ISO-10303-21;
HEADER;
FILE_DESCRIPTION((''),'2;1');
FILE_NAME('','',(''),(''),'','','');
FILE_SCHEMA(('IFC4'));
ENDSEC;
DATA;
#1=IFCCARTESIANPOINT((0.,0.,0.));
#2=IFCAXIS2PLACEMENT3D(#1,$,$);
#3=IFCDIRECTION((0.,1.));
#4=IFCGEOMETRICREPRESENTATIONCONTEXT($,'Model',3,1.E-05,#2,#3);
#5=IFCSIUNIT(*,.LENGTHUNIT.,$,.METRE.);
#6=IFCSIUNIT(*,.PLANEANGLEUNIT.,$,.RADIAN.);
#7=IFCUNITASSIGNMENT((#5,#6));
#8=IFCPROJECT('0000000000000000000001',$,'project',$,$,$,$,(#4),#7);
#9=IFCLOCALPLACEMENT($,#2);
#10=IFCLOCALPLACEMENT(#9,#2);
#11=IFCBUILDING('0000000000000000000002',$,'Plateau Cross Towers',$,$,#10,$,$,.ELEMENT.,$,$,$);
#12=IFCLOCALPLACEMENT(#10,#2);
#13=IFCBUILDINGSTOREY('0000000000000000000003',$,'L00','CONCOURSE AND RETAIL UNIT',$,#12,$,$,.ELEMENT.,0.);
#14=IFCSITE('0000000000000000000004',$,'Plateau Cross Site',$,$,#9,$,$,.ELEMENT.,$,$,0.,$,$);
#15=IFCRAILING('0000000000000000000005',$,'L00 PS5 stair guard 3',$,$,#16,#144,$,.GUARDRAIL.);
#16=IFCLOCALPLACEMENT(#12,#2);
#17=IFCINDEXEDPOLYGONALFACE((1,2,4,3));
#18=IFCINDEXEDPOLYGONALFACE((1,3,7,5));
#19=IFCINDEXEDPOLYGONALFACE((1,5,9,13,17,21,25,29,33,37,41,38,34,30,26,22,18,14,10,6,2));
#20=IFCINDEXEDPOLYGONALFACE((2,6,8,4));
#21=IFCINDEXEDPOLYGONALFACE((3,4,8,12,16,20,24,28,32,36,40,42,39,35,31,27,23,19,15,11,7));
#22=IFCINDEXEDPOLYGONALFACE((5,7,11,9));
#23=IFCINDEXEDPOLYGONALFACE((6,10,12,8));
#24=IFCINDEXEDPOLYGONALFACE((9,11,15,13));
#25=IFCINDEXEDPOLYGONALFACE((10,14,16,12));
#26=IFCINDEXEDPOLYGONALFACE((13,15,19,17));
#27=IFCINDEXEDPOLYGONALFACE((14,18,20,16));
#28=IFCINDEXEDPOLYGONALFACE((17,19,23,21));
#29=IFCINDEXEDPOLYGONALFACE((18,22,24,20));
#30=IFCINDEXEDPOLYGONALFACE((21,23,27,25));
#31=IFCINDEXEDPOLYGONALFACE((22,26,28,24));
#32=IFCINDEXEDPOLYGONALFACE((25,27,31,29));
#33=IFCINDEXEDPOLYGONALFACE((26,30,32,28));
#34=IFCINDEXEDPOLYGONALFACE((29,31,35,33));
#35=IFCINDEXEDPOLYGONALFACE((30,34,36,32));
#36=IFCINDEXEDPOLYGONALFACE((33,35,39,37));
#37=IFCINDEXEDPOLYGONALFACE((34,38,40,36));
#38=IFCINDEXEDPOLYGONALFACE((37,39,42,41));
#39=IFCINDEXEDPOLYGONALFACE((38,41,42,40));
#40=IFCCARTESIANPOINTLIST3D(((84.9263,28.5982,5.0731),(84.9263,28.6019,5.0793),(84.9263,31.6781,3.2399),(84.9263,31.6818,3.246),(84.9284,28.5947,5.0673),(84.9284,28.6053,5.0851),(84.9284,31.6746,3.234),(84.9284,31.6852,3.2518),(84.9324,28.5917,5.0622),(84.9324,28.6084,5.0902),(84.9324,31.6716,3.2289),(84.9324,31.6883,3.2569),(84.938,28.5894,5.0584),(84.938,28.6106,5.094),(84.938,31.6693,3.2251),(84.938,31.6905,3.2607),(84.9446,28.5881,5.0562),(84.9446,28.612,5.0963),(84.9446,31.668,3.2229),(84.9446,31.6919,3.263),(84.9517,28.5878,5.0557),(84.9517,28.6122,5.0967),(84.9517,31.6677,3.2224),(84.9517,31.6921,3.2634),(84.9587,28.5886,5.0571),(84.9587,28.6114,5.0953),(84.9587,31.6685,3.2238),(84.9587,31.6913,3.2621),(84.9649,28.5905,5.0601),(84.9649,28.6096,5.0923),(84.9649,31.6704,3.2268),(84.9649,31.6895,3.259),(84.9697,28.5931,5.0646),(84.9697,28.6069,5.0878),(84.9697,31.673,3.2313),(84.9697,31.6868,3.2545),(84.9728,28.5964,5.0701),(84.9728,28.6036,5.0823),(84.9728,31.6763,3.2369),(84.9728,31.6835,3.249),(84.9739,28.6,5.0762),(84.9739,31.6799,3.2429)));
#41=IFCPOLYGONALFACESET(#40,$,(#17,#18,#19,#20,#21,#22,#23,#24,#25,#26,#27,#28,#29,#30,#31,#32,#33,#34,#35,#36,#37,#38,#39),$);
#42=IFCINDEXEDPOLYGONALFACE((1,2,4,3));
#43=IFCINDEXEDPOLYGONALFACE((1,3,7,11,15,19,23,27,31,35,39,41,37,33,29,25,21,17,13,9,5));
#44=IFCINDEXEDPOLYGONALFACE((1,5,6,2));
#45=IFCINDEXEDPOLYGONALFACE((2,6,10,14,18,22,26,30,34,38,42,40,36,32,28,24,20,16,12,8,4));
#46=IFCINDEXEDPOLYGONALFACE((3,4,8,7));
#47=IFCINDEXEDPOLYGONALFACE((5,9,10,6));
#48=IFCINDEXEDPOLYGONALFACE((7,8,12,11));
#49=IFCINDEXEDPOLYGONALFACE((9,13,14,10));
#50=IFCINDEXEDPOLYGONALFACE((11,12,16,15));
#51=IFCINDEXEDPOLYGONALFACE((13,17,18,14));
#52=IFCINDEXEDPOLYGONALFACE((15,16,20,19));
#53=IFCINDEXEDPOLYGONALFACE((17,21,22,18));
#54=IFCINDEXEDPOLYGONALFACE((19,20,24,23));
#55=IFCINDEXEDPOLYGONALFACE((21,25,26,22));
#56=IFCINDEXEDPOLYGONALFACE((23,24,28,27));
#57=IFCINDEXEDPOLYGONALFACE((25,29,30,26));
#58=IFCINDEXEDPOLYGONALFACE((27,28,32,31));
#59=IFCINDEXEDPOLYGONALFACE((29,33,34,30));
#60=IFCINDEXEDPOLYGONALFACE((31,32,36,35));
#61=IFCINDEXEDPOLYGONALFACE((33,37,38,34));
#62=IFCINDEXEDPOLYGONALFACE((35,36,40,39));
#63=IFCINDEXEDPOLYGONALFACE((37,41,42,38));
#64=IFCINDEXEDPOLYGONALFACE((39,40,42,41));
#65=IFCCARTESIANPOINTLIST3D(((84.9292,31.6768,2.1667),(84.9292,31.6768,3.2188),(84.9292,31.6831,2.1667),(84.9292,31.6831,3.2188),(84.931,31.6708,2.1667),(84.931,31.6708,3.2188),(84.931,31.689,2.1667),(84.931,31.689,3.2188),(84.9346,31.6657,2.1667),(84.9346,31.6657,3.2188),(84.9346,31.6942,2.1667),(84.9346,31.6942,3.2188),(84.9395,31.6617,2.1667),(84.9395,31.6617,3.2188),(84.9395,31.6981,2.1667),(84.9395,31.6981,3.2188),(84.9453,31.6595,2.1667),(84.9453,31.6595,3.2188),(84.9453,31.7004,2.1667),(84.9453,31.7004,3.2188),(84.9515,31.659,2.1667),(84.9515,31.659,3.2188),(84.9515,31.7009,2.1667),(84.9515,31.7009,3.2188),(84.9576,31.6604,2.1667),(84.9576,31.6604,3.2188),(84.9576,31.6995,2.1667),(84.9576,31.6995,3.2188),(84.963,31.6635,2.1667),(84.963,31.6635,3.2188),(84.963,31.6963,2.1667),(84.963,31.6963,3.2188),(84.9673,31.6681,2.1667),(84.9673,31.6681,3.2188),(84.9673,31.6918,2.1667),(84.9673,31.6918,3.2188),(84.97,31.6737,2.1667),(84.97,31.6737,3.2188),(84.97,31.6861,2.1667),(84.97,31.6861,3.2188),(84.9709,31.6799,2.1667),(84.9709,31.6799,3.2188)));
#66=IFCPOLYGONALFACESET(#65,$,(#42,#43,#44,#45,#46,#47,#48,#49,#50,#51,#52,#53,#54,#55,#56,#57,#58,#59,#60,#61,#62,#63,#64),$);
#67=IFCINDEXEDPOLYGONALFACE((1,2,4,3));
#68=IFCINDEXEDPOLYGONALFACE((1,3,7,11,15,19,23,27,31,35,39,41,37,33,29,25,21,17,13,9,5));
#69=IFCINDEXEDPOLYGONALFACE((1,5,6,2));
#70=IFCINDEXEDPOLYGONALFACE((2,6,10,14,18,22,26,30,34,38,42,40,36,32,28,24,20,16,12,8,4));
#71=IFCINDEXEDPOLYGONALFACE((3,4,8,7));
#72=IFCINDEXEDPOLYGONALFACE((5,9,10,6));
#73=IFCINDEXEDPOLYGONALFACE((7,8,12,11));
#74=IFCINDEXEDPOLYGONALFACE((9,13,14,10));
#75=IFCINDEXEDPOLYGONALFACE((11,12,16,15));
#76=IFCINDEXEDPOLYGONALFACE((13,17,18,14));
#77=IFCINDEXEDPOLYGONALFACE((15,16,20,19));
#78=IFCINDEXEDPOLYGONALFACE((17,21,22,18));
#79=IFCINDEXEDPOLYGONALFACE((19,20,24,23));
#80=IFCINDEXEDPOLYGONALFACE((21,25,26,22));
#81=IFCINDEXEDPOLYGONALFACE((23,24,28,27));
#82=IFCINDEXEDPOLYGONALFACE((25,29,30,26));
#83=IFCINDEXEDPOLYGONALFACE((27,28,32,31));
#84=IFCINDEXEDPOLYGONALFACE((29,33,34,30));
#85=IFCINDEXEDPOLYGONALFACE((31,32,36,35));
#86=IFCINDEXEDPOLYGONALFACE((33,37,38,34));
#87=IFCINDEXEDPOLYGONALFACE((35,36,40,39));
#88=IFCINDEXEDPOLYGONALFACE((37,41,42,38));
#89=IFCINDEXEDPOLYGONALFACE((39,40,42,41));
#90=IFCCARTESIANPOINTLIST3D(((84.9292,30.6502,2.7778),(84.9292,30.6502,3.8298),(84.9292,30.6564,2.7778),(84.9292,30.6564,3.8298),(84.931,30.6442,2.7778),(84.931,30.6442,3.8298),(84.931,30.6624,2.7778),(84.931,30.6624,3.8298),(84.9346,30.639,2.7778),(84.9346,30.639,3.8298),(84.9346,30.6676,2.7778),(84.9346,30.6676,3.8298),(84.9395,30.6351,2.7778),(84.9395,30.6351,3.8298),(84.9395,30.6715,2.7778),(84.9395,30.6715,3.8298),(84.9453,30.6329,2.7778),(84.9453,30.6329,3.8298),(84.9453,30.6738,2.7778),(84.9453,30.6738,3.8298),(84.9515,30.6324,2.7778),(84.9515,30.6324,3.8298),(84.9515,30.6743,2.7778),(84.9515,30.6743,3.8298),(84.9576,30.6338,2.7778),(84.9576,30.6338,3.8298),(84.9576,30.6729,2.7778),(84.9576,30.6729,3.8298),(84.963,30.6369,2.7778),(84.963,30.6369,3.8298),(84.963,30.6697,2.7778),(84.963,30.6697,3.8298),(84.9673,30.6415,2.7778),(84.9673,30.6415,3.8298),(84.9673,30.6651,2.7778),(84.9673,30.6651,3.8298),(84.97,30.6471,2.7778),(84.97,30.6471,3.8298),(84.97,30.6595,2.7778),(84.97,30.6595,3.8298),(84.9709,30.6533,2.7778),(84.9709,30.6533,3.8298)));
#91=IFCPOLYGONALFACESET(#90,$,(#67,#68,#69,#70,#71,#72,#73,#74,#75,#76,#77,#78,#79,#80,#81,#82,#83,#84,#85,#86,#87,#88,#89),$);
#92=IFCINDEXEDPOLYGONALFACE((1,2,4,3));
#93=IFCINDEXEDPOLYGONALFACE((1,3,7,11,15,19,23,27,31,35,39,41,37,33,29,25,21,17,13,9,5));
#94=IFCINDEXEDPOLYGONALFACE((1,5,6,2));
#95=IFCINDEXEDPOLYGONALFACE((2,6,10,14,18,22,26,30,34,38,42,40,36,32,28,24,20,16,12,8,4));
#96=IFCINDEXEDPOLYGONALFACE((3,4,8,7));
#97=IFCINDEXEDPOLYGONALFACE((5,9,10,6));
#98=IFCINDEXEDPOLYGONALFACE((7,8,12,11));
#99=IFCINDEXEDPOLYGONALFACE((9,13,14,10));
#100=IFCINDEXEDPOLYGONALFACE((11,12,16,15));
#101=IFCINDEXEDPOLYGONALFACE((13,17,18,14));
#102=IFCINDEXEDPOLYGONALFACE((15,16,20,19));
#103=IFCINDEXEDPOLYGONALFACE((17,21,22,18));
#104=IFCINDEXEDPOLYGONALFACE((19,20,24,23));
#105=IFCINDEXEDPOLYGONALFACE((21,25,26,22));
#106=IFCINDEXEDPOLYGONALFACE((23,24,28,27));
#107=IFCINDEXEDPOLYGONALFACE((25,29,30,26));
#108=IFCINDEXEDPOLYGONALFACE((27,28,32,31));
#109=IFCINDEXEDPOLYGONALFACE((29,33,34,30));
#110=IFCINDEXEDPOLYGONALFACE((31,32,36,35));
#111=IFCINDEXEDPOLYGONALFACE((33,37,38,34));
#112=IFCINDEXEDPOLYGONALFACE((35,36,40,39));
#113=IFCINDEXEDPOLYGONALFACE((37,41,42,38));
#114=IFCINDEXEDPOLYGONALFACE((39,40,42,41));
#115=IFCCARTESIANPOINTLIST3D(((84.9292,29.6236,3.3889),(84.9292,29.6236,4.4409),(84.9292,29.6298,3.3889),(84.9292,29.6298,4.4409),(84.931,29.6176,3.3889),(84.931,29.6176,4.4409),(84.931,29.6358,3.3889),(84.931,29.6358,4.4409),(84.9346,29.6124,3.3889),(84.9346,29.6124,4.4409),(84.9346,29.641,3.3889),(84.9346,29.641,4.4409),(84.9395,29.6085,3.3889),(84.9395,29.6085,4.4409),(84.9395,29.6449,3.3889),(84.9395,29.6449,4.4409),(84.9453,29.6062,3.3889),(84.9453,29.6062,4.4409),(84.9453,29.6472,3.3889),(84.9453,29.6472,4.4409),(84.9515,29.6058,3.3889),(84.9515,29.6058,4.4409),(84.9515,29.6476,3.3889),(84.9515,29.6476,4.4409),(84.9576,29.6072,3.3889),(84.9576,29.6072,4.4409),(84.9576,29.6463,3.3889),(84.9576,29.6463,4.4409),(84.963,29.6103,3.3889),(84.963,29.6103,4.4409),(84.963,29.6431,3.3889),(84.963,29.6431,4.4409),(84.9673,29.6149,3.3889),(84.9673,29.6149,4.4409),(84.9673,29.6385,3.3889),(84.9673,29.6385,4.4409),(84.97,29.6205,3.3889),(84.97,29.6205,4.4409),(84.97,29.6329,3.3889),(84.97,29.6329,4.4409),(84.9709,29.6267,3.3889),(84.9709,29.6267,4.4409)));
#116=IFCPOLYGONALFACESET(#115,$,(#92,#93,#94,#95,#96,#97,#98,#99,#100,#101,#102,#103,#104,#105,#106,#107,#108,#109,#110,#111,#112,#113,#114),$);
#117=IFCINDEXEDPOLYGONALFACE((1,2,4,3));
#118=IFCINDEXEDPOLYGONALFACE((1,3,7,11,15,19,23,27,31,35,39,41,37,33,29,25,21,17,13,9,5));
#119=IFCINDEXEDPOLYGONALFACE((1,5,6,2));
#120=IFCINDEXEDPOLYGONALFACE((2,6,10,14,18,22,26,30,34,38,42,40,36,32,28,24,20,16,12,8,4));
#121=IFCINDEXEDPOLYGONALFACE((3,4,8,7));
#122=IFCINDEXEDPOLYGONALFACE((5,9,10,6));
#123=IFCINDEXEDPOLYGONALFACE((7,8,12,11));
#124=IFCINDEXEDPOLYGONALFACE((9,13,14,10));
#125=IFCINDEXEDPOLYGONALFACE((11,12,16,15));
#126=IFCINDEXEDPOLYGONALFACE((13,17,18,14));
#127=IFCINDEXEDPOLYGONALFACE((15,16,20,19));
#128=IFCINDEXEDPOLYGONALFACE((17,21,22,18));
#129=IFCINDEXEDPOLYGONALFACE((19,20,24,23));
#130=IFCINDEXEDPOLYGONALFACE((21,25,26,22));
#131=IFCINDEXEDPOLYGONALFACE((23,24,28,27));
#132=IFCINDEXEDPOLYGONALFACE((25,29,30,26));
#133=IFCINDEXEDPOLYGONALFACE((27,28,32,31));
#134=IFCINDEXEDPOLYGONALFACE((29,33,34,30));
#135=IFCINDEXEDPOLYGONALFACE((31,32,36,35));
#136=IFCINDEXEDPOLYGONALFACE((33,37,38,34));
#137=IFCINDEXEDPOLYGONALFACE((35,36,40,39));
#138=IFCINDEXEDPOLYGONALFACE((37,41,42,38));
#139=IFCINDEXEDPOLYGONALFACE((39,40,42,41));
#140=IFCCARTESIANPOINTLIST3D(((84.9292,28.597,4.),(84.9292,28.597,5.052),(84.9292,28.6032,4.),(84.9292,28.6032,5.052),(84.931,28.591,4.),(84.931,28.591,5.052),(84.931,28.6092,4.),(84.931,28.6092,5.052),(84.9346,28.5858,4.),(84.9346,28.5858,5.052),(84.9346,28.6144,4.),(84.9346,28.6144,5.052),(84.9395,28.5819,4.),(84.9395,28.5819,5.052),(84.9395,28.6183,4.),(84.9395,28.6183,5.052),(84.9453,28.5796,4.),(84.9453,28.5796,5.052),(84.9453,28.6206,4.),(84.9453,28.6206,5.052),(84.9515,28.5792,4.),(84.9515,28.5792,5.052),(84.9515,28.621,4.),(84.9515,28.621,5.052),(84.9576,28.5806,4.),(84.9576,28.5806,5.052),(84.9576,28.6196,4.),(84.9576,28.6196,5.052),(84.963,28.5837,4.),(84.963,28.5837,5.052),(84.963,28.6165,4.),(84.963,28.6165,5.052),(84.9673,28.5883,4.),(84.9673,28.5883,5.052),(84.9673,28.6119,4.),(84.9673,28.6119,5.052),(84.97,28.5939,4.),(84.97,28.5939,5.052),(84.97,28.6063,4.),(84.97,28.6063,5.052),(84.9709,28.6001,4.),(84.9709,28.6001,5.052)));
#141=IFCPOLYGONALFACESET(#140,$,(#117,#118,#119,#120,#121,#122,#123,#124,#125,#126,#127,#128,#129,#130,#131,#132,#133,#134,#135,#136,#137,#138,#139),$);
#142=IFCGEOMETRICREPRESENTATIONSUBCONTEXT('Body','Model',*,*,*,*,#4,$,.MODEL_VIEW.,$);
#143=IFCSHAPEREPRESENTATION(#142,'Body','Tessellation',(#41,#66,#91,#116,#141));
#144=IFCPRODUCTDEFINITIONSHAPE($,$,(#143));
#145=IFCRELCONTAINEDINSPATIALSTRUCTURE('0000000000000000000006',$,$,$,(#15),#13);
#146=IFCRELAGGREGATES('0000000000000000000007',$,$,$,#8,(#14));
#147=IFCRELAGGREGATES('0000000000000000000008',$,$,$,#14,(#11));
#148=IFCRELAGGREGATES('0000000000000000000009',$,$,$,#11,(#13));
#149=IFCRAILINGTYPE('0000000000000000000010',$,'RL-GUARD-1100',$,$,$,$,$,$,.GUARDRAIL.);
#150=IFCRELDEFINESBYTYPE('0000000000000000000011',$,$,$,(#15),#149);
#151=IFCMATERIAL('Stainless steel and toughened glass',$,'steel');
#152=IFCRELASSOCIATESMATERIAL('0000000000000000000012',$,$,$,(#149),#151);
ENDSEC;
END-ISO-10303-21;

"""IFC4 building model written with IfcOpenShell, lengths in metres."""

from ifc_helpers import new_model, si_unit, direction, frame, origin, origin_2d, place, context, subcontext, project, spatial, circle, extrude, material, type_object, element, save


model = new_model("IFC4")

# Units and contexts
model_context = context("Model", 3, precision=1e-05, world=origin(), true_north=direction((0.0, 1.0)))
body_context = subcontext(model_context, "Body", "Model", "MODEL_VIEW")
ifc_project = project(units=[si_unit("LENGTHUNIT", "METRE"), si_unit("PLANEANGLEUNIT", "RADIAN")], contexts=[model_context])

# Site, building, storey
site_placement = place(None, origin())
site = spatial("IfcSite", under=ifc_project, at=site_placement, Name="Plateau Cross Site", CompositionType="ELEMENT", RefElevation=0.0)
building_placement = place(site_placement, origin())
building = spatial("IfcBuilding", under=site, at=building_placement, Name="Plateau Cross Towers", CompositionType="ELEMENT")
storey_placement = place(building_placement, origin())
storey = spatial("IfcBuildingStorey", under=building, at=storey_placement, Name="L00", Description="CONCOURSE AND RETAIL UNIT", CompositionType="ELEMENT", Elevation=0.0)

# Railing
ifc_material_1 = material(Name="Stainless steel and toughened glass", Category="steel")
railing_type_1 = type_object("IfcRailingType", Name="RL-GUARD-1100", PredefinedType="GUARDRAIL", material=ifc_material_1)
railing_1_placement = place(storey_placement, frame((84.95, 31.6799, 2.1667)))
element("IfcRailing", 1, at=railing_1_placement, inside=storey, type_object=railing_type_1, Name="L00 PS5 stair guard 3", PredefinedType="GUARDRAIL", context=body_context, shape_type="SweptSolid", body=[
    extrude(circle(Radius=0.0239, at=origin_2d()), frame((0.0, 0.0, 1.0762), z_axis=(0.0, -0.859291, 0.511487), x_axis=(1.0, 0.0, 0.0)), (0.0, 0.0, 1.0), 3.5842),
    extrude(circle(Radius=0.021, at=origin_2d()), origin(), (0.0, 0.0, 1.0), 1.052),
    extrude(circle(Radius=0.021, at=origin_2d()), frame((0.0, -1.0266, 0.6111)), (0.0, 0.0, 1.0), 1.052),
    extrude(circle(Radius=0.021, at=origin_2d()), frame((0.0, -2.0532, 1.2222)), (0.0, 0.0, 1.0), 1.052),
    extrude(circle(Radius=0.021, at=origin_2d()), frame((0.0, -3.0798, 1.8333)), (0.0, 0.0, 1.0), 1.052),
])

save(model, "model.ifc")
